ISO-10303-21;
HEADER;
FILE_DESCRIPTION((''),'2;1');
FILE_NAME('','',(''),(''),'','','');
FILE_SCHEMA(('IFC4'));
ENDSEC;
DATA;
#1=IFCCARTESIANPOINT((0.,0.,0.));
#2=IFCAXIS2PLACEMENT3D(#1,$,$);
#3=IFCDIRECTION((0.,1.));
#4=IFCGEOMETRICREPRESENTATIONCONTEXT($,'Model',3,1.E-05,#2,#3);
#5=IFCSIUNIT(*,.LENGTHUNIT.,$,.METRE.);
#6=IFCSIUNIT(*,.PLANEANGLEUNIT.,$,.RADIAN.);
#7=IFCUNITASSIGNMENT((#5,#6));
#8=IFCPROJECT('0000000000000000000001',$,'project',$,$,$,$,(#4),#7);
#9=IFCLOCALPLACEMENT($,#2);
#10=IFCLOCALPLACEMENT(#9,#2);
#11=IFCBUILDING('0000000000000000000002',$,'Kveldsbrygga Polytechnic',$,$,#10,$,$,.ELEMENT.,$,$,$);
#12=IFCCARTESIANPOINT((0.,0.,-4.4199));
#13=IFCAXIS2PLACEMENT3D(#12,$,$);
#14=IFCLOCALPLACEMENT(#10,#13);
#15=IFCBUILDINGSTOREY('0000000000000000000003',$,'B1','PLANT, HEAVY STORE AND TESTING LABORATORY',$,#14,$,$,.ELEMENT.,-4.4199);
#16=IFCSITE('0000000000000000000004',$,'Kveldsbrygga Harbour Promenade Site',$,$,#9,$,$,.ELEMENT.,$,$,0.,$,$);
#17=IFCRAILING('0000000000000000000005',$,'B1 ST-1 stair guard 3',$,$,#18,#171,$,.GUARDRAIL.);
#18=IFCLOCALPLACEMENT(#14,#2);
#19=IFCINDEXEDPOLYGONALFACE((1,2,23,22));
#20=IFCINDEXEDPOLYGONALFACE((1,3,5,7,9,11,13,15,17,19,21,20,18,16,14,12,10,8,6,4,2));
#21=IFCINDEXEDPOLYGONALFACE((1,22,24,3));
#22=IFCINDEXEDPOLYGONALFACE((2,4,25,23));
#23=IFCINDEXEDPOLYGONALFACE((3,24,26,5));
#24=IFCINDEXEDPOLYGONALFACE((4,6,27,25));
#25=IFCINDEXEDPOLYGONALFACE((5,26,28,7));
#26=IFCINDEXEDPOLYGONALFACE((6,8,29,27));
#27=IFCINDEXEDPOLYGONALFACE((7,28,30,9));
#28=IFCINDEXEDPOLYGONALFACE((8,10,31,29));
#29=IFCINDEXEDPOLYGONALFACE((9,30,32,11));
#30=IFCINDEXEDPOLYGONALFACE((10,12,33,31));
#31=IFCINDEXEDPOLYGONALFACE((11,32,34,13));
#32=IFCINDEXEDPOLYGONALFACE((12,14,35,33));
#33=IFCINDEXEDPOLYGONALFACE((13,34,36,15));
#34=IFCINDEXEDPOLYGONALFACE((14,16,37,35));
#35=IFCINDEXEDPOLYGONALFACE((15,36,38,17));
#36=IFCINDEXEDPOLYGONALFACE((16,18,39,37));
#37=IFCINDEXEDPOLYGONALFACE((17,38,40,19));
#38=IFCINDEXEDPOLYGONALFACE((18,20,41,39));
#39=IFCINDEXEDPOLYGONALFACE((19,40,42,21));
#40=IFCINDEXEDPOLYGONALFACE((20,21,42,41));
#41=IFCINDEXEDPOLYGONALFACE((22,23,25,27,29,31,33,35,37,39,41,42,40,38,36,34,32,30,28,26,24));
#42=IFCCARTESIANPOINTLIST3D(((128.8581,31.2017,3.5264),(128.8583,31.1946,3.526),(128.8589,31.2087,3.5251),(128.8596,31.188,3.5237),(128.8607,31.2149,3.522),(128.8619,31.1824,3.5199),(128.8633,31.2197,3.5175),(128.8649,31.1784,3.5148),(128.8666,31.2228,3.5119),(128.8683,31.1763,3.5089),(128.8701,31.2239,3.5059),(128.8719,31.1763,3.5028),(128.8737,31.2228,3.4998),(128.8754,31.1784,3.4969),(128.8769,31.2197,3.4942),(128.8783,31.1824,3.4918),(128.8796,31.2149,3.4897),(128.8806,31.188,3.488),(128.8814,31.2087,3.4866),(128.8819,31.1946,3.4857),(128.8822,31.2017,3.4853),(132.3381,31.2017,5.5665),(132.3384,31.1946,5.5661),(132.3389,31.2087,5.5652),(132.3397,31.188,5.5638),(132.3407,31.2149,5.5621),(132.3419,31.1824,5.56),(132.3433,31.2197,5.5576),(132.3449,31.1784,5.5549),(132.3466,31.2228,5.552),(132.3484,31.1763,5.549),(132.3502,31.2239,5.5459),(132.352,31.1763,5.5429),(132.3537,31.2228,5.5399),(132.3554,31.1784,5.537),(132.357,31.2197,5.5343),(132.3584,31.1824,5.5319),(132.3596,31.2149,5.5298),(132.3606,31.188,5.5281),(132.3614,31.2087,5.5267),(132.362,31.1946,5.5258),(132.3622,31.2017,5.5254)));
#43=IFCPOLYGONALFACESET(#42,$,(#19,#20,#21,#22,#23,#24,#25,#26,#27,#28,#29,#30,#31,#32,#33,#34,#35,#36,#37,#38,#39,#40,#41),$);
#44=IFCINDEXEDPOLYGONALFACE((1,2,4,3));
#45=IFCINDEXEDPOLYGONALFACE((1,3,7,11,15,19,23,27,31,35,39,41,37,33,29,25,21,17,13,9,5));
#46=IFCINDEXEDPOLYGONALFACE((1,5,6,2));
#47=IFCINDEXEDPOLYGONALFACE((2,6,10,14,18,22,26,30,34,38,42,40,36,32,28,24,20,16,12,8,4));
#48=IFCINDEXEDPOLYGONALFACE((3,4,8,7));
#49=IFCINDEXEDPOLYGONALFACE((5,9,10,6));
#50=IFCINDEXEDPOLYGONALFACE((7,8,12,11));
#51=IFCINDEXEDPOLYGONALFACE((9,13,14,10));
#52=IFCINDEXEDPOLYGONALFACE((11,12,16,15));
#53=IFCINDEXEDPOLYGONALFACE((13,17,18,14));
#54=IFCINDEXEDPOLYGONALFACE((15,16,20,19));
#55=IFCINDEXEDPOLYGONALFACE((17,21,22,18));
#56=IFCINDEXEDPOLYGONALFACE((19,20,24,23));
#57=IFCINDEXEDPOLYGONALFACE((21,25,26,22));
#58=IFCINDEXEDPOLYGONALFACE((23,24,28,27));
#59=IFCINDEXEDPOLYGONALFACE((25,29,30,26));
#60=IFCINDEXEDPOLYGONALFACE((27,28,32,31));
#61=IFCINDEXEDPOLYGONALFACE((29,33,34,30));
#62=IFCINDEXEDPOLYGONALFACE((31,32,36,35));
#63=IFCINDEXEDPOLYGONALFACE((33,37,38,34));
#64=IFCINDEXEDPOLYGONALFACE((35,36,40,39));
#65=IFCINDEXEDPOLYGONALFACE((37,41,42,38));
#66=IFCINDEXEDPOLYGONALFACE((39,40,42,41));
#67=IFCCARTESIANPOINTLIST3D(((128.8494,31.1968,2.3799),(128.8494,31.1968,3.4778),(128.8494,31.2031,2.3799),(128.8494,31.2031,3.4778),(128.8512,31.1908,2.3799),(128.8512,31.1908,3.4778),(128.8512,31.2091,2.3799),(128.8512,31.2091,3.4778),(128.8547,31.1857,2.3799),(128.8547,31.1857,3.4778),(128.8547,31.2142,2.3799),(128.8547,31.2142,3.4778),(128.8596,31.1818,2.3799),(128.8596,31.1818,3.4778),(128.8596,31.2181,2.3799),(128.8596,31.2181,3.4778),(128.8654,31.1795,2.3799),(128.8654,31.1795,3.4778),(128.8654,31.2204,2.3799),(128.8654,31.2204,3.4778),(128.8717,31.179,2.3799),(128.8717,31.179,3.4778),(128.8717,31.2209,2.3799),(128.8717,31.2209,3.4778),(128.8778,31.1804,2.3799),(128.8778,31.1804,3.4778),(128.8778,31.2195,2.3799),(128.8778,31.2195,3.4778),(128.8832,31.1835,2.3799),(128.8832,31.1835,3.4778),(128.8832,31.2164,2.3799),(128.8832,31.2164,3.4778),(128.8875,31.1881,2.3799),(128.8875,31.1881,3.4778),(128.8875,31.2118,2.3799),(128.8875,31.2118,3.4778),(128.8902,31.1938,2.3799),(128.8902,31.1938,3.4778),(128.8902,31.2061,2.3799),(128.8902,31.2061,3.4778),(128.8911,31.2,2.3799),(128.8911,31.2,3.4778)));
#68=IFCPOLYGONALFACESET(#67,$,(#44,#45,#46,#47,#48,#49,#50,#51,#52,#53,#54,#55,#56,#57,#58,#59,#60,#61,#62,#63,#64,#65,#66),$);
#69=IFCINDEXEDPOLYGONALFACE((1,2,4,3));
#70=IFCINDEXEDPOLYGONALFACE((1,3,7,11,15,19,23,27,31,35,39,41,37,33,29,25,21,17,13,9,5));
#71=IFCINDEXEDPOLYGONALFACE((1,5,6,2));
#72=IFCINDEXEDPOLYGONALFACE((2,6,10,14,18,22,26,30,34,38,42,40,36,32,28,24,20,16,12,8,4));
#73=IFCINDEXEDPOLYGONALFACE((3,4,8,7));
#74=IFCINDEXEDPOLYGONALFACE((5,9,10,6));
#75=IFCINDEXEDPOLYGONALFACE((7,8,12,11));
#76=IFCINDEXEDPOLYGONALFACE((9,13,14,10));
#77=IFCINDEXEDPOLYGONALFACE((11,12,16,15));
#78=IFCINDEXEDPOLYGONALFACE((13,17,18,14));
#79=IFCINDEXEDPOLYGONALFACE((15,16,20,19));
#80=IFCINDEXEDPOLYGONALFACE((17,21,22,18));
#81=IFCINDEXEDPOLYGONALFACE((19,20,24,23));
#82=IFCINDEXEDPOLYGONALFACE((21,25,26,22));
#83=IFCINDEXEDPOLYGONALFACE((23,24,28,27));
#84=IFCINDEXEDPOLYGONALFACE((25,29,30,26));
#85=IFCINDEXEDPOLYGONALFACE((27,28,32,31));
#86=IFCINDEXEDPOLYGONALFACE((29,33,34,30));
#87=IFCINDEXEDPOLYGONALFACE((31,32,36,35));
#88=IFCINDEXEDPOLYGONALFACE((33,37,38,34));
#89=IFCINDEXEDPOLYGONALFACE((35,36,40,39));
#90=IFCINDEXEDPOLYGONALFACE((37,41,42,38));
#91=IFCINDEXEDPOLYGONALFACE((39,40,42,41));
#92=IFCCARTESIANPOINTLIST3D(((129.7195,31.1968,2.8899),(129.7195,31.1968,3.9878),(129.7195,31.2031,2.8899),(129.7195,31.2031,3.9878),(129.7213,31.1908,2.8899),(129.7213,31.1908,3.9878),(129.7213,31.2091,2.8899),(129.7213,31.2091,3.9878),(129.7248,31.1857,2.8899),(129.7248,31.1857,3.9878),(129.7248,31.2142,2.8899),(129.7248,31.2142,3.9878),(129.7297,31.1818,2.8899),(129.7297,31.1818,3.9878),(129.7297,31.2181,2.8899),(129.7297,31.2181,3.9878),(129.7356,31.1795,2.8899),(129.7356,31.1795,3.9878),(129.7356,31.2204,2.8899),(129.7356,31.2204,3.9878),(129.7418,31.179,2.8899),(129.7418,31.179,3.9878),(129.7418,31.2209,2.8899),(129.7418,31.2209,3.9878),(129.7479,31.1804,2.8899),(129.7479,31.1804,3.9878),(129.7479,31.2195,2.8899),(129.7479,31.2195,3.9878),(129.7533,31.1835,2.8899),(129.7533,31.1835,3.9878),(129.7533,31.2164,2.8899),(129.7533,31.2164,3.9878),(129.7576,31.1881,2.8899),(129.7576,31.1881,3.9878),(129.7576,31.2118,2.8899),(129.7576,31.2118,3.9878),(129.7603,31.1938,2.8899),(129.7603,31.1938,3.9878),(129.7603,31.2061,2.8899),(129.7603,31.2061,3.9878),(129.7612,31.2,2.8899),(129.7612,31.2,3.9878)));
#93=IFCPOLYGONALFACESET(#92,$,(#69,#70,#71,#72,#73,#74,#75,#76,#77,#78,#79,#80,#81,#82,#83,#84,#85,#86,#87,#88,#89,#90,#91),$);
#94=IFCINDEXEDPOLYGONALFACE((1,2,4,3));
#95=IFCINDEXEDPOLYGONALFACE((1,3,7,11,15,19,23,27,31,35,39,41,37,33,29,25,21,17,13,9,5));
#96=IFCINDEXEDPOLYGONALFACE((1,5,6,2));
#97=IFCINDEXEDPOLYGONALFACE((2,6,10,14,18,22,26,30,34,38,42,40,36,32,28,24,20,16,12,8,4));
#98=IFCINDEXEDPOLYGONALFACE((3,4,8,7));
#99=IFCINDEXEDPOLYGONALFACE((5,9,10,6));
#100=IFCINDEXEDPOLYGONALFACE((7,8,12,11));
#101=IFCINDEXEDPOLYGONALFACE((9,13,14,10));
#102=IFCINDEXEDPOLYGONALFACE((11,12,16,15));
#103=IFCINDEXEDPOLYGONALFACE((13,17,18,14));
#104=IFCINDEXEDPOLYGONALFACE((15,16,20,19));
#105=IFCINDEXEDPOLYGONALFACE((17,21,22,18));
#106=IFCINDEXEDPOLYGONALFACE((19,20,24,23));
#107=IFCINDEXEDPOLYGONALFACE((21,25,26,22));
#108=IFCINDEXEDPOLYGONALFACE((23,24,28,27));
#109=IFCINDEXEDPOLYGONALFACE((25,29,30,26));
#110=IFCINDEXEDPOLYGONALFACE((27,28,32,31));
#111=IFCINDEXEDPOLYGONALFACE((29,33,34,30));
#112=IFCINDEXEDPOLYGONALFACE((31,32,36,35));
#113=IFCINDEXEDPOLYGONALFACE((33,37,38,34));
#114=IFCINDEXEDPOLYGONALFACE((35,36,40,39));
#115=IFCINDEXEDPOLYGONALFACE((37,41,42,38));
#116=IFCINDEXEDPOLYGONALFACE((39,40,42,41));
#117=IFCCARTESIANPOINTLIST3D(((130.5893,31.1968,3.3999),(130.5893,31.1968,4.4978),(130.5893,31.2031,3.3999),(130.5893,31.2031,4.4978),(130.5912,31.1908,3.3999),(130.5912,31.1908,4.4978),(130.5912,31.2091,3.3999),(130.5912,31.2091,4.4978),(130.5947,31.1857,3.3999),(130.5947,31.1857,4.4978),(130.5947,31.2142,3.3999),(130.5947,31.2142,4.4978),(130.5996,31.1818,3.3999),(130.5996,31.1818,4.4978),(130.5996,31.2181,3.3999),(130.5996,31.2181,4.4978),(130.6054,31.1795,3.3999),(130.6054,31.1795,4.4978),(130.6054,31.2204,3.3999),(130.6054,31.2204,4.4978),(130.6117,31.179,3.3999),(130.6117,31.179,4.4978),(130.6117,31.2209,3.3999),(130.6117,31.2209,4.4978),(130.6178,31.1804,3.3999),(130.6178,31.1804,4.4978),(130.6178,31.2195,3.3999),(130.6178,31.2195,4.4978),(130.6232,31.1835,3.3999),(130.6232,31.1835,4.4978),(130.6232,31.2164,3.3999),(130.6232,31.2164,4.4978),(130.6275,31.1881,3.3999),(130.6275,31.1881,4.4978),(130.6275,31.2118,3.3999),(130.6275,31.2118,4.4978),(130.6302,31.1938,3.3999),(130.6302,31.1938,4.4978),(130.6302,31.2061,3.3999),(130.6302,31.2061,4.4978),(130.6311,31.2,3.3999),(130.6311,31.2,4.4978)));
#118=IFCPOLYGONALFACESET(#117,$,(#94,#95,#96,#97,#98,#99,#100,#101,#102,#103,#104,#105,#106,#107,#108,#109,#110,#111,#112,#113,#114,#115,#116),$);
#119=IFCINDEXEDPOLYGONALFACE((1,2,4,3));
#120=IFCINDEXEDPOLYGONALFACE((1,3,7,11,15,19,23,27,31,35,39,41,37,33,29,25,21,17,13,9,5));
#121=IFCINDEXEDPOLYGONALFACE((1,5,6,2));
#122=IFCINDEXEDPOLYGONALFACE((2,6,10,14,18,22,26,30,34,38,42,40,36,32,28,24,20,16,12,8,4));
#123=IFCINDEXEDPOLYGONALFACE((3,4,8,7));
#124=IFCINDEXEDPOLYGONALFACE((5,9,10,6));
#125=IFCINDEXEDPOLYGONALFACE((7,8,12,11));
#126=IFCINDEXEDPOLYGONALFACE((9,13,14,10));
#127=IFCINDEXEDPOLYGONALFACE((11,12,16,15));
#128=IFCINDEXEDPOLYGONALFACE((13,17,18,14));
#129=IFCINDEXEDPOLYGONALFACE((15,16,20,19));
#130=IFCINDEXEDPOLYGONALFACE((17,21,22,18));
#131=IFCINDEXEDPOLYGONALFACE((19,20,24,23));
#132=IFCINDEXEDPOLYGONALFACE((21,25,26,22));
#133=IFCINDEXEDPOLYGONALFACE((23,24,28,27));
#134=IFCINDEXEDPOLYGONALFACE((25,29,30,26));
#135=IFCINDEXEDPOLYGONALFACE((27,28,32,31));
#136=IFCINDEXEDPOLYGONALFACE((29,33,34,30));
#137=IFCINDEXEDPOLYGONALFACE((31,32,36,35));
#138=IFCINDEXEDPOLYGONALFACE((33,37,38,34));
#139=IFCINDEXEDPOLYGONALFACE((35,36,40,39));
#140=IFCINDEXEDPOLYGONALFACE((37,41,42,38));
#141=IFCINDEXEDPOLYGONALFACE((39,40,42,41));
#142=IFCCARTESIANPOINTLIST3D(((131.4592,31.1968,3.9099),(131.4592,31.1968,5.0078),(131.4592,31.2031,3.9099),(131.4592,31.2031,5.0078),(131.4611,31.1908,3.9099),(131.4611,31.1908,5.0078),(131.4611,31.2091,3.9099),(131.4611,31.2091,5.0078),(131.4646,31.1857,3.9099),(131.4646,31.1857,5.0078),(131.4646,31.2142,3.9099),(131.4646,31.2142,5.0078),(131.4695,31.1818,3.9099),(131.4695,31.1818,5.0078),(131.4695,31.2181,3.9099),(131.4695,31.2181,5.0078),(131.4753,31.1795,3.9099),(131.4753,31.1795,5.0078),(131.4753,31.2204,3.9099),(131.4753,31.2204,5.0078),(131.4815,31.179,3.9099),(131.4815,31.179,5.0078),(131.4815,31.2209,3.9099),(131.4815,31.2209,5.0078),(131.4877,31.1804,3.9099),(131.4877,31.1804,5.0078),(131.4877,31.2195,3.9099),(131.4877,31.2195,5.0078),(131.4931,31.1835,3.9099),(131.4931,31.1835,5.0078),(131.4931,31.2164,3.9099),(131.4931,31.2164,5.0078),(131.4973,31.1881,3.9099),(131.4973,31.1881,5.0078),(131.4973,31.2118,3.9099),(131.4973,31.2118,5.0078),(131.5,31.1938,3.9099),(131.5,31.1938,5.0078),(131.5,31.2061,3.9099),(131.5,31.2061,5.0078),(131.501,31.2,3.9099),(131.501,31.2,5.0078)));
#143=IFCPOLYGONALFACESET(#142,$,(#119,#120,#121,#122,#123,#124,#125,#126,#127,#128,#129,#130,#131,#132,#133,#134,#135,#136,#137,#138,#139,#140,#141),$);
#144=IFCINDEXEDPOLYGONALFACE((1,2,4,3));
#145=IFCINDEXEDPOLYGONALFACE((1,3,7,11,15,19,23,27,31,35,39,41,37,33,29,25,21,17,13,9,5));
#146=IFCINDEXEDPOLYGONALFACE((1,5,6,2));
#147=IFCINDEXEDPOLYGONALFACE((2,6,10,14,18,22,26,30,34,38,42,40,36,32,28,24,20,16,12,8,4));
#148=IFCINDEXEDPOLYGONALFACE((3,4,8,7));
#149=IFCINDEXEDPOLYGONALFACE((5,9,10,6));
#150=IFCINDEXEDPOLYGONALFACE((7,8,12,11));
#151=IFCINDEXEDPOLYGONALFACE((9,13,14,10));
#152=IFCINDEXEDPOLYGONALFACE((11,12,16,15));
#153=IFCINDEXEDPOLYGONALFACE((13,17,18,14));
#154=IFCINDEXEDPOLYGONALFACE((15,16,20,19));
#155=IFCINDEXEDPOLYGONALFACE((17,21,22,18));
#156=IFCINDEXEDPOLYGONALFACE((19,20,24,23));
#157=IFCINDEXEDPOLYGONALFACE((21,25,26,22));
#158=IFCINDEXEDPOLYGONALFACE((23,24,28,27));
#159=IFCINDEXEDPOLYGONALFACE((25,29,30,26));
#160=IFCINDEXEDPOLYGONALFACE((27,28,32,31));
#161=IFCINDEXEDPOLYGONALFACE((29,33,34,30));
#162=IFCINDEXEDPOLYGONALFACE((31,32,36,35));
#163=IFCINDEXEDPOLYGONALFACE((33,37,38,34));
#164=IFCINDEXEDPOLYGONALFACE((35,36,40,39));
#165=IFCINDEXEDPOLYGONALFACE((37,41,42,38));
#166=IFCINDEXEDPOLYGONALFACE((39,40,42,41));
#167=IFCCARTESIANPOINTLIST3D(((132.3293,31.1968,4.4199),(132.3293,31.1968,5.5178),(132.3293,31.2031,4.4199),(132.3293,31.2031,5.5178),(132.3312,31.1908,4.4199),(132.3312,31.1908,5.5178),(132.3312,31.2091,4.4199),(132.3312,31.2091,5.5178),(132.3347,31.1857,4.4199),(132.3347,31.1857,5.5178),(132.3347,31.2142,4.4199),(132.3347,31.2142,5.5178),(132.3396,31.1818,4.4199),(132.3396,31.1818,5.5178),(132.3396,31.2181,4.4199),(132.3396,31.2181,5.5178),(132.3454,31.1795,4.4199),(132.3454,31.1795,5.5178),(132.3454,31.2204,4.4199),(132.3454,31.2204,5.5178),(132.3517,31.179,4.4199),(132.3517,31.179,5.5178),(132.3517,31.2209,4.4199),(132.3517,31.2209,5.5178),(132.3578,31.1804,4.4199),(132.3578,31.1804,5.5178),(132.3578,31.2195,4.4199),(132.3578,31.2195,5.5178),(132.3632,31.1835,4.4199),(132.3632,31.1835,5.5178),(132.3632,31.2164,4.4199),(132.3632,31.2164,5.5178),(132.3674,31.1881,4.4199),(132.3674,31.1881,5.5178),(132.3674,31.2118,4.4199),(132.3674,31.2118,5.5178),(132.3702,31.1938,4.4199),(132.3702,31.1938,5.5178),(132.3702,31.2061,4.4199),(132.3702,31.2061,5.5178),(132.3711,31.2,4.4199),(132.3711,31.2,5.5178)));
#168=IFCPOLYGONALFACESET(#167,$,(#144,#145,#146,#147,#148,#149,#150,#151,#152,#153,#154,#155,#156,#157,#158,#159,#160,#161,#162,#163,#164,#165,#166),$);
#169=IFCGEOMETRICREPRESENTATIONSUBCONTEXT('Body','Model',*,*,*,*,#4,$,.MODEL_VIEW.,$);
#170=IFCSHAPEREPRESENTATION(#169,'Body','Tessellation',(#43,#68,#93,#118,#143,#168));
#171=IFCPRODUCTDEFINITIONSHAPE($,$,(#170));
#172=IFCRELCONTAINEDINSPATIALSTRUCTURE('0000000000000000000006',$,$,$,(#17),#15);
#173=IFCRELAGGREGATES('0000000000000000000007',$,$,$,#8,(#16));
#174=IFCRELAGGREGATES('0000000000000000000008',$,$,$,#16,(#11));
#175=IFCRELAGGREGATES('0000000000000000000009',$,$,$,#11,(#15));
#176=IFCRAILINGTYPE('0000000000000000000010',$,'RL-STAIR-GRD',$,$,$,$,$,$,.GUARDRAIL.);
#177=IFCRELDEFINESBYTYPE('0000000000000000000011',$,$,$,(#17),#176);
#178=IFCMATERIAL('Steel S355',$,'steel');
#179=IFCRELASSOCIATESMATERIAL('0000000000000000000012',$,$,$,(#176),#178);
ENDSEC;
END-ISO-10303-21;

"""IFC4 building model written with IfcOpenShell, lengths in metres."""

from ifc_helpers import new_model, si_unit, direction, frame, origin, origin_2d, place, context, subcontext, project, spatial, circle, extrude, material, type_object, element, save


model = new_model("IFC4")

# Units and contexts
model_context = context("Model", 3, precision=1e-05, world=origin(), true_north=direction((0.0, 1.0)))
body_context = subcontext(model_context, "Body", "Model", "MODEL_VIEW")
ifc_project = project(units=[si_unit("LENGTHUNIT", "METRE"), si_unit("PLANEANGLEUNIT", "RADIAN")], contexts=[model_context])

# Site, building, storey
site_placement = place(None, origin())
site = spatial("IfcSite", under=ifc_project, at=site_placement, Name="Kveldsbrygga Harbour Promenade Site", CompositionType="ELEMENT", RefElevation=0.0)
building_placement = place(site_placement, origin())
building = spatial("IfcBuilding", under=site, at=building_placement, Name="Kveldsbrygga Polytechnic", CompositionType="ELEMENT")
storey_placement = place(building_placement, frame((0.0, 0.0, -4.4199)))
storey = spatial("IfcBuildingStorey", under=building, at=storey_placement, Name="B1", Description="PLANT, HEAVY STORE AND TESTING LABORATORY", CompositionType="ELEMENT", Elevation=-4.4199)

# Railing
ifc_material_1 = material(Name="Steel S355", Category="steel")
railing_type_1 = type_object("IfcRailingType", Name="RL-STAIR-GRD", PredefinedType="GUARDRAIL", material=ifc_material_1)
railing_1_placement = place(storey_placement, frame((128.8701, 31.2, 2.3799)))
element("IfcRailing", 1, at=railing_1_placement, inside=storey, type_object=railing_type_1, Name="B1 ST-1 stair guard 3", PredefinedType="GUARDRAIL", context=body_context, shape_type="SweptSolid", body=[
    extrude(circle(Radius=0.0239, at=origin_2d()), frame((0.0, 0.0, 1.126), z_axis=(0.862693, 0.0, 0.505729), x_axis=(0.0, 1.0, 0.0)), (0.0, 0.0, 1.0), 4.0339),
    extrude(circle(Radius=0.021, at=origin_2d()), origin(), (0.0, 0.0, 1.0), 1.0979),
    extrude(circle(Radius=0.021, at=origin_2d()), frame((0.8701, 0.0, 0.51)), (0.0, 0.0, 1.0), 1.0979),
    extrude(circle(Radius=0.021, at=origin_2d()), frame((1.74, 0.0, 1.02)), (0.0, 0.0, 1.0), 1.0979),
    extrude(circle(Radius=0.021, at=origin_2d()), frame((2.6099, 0.0, 1.53)), (0.0, 0.0, 1.0), 1.0979),
    extrude(circle(Radius=0.021, at=origin_2d()), frame((3.48, 0.0, 2.04)), (0.0, 0.0, 1.0), 1.0979),
])

save(model, "model.ifc")
